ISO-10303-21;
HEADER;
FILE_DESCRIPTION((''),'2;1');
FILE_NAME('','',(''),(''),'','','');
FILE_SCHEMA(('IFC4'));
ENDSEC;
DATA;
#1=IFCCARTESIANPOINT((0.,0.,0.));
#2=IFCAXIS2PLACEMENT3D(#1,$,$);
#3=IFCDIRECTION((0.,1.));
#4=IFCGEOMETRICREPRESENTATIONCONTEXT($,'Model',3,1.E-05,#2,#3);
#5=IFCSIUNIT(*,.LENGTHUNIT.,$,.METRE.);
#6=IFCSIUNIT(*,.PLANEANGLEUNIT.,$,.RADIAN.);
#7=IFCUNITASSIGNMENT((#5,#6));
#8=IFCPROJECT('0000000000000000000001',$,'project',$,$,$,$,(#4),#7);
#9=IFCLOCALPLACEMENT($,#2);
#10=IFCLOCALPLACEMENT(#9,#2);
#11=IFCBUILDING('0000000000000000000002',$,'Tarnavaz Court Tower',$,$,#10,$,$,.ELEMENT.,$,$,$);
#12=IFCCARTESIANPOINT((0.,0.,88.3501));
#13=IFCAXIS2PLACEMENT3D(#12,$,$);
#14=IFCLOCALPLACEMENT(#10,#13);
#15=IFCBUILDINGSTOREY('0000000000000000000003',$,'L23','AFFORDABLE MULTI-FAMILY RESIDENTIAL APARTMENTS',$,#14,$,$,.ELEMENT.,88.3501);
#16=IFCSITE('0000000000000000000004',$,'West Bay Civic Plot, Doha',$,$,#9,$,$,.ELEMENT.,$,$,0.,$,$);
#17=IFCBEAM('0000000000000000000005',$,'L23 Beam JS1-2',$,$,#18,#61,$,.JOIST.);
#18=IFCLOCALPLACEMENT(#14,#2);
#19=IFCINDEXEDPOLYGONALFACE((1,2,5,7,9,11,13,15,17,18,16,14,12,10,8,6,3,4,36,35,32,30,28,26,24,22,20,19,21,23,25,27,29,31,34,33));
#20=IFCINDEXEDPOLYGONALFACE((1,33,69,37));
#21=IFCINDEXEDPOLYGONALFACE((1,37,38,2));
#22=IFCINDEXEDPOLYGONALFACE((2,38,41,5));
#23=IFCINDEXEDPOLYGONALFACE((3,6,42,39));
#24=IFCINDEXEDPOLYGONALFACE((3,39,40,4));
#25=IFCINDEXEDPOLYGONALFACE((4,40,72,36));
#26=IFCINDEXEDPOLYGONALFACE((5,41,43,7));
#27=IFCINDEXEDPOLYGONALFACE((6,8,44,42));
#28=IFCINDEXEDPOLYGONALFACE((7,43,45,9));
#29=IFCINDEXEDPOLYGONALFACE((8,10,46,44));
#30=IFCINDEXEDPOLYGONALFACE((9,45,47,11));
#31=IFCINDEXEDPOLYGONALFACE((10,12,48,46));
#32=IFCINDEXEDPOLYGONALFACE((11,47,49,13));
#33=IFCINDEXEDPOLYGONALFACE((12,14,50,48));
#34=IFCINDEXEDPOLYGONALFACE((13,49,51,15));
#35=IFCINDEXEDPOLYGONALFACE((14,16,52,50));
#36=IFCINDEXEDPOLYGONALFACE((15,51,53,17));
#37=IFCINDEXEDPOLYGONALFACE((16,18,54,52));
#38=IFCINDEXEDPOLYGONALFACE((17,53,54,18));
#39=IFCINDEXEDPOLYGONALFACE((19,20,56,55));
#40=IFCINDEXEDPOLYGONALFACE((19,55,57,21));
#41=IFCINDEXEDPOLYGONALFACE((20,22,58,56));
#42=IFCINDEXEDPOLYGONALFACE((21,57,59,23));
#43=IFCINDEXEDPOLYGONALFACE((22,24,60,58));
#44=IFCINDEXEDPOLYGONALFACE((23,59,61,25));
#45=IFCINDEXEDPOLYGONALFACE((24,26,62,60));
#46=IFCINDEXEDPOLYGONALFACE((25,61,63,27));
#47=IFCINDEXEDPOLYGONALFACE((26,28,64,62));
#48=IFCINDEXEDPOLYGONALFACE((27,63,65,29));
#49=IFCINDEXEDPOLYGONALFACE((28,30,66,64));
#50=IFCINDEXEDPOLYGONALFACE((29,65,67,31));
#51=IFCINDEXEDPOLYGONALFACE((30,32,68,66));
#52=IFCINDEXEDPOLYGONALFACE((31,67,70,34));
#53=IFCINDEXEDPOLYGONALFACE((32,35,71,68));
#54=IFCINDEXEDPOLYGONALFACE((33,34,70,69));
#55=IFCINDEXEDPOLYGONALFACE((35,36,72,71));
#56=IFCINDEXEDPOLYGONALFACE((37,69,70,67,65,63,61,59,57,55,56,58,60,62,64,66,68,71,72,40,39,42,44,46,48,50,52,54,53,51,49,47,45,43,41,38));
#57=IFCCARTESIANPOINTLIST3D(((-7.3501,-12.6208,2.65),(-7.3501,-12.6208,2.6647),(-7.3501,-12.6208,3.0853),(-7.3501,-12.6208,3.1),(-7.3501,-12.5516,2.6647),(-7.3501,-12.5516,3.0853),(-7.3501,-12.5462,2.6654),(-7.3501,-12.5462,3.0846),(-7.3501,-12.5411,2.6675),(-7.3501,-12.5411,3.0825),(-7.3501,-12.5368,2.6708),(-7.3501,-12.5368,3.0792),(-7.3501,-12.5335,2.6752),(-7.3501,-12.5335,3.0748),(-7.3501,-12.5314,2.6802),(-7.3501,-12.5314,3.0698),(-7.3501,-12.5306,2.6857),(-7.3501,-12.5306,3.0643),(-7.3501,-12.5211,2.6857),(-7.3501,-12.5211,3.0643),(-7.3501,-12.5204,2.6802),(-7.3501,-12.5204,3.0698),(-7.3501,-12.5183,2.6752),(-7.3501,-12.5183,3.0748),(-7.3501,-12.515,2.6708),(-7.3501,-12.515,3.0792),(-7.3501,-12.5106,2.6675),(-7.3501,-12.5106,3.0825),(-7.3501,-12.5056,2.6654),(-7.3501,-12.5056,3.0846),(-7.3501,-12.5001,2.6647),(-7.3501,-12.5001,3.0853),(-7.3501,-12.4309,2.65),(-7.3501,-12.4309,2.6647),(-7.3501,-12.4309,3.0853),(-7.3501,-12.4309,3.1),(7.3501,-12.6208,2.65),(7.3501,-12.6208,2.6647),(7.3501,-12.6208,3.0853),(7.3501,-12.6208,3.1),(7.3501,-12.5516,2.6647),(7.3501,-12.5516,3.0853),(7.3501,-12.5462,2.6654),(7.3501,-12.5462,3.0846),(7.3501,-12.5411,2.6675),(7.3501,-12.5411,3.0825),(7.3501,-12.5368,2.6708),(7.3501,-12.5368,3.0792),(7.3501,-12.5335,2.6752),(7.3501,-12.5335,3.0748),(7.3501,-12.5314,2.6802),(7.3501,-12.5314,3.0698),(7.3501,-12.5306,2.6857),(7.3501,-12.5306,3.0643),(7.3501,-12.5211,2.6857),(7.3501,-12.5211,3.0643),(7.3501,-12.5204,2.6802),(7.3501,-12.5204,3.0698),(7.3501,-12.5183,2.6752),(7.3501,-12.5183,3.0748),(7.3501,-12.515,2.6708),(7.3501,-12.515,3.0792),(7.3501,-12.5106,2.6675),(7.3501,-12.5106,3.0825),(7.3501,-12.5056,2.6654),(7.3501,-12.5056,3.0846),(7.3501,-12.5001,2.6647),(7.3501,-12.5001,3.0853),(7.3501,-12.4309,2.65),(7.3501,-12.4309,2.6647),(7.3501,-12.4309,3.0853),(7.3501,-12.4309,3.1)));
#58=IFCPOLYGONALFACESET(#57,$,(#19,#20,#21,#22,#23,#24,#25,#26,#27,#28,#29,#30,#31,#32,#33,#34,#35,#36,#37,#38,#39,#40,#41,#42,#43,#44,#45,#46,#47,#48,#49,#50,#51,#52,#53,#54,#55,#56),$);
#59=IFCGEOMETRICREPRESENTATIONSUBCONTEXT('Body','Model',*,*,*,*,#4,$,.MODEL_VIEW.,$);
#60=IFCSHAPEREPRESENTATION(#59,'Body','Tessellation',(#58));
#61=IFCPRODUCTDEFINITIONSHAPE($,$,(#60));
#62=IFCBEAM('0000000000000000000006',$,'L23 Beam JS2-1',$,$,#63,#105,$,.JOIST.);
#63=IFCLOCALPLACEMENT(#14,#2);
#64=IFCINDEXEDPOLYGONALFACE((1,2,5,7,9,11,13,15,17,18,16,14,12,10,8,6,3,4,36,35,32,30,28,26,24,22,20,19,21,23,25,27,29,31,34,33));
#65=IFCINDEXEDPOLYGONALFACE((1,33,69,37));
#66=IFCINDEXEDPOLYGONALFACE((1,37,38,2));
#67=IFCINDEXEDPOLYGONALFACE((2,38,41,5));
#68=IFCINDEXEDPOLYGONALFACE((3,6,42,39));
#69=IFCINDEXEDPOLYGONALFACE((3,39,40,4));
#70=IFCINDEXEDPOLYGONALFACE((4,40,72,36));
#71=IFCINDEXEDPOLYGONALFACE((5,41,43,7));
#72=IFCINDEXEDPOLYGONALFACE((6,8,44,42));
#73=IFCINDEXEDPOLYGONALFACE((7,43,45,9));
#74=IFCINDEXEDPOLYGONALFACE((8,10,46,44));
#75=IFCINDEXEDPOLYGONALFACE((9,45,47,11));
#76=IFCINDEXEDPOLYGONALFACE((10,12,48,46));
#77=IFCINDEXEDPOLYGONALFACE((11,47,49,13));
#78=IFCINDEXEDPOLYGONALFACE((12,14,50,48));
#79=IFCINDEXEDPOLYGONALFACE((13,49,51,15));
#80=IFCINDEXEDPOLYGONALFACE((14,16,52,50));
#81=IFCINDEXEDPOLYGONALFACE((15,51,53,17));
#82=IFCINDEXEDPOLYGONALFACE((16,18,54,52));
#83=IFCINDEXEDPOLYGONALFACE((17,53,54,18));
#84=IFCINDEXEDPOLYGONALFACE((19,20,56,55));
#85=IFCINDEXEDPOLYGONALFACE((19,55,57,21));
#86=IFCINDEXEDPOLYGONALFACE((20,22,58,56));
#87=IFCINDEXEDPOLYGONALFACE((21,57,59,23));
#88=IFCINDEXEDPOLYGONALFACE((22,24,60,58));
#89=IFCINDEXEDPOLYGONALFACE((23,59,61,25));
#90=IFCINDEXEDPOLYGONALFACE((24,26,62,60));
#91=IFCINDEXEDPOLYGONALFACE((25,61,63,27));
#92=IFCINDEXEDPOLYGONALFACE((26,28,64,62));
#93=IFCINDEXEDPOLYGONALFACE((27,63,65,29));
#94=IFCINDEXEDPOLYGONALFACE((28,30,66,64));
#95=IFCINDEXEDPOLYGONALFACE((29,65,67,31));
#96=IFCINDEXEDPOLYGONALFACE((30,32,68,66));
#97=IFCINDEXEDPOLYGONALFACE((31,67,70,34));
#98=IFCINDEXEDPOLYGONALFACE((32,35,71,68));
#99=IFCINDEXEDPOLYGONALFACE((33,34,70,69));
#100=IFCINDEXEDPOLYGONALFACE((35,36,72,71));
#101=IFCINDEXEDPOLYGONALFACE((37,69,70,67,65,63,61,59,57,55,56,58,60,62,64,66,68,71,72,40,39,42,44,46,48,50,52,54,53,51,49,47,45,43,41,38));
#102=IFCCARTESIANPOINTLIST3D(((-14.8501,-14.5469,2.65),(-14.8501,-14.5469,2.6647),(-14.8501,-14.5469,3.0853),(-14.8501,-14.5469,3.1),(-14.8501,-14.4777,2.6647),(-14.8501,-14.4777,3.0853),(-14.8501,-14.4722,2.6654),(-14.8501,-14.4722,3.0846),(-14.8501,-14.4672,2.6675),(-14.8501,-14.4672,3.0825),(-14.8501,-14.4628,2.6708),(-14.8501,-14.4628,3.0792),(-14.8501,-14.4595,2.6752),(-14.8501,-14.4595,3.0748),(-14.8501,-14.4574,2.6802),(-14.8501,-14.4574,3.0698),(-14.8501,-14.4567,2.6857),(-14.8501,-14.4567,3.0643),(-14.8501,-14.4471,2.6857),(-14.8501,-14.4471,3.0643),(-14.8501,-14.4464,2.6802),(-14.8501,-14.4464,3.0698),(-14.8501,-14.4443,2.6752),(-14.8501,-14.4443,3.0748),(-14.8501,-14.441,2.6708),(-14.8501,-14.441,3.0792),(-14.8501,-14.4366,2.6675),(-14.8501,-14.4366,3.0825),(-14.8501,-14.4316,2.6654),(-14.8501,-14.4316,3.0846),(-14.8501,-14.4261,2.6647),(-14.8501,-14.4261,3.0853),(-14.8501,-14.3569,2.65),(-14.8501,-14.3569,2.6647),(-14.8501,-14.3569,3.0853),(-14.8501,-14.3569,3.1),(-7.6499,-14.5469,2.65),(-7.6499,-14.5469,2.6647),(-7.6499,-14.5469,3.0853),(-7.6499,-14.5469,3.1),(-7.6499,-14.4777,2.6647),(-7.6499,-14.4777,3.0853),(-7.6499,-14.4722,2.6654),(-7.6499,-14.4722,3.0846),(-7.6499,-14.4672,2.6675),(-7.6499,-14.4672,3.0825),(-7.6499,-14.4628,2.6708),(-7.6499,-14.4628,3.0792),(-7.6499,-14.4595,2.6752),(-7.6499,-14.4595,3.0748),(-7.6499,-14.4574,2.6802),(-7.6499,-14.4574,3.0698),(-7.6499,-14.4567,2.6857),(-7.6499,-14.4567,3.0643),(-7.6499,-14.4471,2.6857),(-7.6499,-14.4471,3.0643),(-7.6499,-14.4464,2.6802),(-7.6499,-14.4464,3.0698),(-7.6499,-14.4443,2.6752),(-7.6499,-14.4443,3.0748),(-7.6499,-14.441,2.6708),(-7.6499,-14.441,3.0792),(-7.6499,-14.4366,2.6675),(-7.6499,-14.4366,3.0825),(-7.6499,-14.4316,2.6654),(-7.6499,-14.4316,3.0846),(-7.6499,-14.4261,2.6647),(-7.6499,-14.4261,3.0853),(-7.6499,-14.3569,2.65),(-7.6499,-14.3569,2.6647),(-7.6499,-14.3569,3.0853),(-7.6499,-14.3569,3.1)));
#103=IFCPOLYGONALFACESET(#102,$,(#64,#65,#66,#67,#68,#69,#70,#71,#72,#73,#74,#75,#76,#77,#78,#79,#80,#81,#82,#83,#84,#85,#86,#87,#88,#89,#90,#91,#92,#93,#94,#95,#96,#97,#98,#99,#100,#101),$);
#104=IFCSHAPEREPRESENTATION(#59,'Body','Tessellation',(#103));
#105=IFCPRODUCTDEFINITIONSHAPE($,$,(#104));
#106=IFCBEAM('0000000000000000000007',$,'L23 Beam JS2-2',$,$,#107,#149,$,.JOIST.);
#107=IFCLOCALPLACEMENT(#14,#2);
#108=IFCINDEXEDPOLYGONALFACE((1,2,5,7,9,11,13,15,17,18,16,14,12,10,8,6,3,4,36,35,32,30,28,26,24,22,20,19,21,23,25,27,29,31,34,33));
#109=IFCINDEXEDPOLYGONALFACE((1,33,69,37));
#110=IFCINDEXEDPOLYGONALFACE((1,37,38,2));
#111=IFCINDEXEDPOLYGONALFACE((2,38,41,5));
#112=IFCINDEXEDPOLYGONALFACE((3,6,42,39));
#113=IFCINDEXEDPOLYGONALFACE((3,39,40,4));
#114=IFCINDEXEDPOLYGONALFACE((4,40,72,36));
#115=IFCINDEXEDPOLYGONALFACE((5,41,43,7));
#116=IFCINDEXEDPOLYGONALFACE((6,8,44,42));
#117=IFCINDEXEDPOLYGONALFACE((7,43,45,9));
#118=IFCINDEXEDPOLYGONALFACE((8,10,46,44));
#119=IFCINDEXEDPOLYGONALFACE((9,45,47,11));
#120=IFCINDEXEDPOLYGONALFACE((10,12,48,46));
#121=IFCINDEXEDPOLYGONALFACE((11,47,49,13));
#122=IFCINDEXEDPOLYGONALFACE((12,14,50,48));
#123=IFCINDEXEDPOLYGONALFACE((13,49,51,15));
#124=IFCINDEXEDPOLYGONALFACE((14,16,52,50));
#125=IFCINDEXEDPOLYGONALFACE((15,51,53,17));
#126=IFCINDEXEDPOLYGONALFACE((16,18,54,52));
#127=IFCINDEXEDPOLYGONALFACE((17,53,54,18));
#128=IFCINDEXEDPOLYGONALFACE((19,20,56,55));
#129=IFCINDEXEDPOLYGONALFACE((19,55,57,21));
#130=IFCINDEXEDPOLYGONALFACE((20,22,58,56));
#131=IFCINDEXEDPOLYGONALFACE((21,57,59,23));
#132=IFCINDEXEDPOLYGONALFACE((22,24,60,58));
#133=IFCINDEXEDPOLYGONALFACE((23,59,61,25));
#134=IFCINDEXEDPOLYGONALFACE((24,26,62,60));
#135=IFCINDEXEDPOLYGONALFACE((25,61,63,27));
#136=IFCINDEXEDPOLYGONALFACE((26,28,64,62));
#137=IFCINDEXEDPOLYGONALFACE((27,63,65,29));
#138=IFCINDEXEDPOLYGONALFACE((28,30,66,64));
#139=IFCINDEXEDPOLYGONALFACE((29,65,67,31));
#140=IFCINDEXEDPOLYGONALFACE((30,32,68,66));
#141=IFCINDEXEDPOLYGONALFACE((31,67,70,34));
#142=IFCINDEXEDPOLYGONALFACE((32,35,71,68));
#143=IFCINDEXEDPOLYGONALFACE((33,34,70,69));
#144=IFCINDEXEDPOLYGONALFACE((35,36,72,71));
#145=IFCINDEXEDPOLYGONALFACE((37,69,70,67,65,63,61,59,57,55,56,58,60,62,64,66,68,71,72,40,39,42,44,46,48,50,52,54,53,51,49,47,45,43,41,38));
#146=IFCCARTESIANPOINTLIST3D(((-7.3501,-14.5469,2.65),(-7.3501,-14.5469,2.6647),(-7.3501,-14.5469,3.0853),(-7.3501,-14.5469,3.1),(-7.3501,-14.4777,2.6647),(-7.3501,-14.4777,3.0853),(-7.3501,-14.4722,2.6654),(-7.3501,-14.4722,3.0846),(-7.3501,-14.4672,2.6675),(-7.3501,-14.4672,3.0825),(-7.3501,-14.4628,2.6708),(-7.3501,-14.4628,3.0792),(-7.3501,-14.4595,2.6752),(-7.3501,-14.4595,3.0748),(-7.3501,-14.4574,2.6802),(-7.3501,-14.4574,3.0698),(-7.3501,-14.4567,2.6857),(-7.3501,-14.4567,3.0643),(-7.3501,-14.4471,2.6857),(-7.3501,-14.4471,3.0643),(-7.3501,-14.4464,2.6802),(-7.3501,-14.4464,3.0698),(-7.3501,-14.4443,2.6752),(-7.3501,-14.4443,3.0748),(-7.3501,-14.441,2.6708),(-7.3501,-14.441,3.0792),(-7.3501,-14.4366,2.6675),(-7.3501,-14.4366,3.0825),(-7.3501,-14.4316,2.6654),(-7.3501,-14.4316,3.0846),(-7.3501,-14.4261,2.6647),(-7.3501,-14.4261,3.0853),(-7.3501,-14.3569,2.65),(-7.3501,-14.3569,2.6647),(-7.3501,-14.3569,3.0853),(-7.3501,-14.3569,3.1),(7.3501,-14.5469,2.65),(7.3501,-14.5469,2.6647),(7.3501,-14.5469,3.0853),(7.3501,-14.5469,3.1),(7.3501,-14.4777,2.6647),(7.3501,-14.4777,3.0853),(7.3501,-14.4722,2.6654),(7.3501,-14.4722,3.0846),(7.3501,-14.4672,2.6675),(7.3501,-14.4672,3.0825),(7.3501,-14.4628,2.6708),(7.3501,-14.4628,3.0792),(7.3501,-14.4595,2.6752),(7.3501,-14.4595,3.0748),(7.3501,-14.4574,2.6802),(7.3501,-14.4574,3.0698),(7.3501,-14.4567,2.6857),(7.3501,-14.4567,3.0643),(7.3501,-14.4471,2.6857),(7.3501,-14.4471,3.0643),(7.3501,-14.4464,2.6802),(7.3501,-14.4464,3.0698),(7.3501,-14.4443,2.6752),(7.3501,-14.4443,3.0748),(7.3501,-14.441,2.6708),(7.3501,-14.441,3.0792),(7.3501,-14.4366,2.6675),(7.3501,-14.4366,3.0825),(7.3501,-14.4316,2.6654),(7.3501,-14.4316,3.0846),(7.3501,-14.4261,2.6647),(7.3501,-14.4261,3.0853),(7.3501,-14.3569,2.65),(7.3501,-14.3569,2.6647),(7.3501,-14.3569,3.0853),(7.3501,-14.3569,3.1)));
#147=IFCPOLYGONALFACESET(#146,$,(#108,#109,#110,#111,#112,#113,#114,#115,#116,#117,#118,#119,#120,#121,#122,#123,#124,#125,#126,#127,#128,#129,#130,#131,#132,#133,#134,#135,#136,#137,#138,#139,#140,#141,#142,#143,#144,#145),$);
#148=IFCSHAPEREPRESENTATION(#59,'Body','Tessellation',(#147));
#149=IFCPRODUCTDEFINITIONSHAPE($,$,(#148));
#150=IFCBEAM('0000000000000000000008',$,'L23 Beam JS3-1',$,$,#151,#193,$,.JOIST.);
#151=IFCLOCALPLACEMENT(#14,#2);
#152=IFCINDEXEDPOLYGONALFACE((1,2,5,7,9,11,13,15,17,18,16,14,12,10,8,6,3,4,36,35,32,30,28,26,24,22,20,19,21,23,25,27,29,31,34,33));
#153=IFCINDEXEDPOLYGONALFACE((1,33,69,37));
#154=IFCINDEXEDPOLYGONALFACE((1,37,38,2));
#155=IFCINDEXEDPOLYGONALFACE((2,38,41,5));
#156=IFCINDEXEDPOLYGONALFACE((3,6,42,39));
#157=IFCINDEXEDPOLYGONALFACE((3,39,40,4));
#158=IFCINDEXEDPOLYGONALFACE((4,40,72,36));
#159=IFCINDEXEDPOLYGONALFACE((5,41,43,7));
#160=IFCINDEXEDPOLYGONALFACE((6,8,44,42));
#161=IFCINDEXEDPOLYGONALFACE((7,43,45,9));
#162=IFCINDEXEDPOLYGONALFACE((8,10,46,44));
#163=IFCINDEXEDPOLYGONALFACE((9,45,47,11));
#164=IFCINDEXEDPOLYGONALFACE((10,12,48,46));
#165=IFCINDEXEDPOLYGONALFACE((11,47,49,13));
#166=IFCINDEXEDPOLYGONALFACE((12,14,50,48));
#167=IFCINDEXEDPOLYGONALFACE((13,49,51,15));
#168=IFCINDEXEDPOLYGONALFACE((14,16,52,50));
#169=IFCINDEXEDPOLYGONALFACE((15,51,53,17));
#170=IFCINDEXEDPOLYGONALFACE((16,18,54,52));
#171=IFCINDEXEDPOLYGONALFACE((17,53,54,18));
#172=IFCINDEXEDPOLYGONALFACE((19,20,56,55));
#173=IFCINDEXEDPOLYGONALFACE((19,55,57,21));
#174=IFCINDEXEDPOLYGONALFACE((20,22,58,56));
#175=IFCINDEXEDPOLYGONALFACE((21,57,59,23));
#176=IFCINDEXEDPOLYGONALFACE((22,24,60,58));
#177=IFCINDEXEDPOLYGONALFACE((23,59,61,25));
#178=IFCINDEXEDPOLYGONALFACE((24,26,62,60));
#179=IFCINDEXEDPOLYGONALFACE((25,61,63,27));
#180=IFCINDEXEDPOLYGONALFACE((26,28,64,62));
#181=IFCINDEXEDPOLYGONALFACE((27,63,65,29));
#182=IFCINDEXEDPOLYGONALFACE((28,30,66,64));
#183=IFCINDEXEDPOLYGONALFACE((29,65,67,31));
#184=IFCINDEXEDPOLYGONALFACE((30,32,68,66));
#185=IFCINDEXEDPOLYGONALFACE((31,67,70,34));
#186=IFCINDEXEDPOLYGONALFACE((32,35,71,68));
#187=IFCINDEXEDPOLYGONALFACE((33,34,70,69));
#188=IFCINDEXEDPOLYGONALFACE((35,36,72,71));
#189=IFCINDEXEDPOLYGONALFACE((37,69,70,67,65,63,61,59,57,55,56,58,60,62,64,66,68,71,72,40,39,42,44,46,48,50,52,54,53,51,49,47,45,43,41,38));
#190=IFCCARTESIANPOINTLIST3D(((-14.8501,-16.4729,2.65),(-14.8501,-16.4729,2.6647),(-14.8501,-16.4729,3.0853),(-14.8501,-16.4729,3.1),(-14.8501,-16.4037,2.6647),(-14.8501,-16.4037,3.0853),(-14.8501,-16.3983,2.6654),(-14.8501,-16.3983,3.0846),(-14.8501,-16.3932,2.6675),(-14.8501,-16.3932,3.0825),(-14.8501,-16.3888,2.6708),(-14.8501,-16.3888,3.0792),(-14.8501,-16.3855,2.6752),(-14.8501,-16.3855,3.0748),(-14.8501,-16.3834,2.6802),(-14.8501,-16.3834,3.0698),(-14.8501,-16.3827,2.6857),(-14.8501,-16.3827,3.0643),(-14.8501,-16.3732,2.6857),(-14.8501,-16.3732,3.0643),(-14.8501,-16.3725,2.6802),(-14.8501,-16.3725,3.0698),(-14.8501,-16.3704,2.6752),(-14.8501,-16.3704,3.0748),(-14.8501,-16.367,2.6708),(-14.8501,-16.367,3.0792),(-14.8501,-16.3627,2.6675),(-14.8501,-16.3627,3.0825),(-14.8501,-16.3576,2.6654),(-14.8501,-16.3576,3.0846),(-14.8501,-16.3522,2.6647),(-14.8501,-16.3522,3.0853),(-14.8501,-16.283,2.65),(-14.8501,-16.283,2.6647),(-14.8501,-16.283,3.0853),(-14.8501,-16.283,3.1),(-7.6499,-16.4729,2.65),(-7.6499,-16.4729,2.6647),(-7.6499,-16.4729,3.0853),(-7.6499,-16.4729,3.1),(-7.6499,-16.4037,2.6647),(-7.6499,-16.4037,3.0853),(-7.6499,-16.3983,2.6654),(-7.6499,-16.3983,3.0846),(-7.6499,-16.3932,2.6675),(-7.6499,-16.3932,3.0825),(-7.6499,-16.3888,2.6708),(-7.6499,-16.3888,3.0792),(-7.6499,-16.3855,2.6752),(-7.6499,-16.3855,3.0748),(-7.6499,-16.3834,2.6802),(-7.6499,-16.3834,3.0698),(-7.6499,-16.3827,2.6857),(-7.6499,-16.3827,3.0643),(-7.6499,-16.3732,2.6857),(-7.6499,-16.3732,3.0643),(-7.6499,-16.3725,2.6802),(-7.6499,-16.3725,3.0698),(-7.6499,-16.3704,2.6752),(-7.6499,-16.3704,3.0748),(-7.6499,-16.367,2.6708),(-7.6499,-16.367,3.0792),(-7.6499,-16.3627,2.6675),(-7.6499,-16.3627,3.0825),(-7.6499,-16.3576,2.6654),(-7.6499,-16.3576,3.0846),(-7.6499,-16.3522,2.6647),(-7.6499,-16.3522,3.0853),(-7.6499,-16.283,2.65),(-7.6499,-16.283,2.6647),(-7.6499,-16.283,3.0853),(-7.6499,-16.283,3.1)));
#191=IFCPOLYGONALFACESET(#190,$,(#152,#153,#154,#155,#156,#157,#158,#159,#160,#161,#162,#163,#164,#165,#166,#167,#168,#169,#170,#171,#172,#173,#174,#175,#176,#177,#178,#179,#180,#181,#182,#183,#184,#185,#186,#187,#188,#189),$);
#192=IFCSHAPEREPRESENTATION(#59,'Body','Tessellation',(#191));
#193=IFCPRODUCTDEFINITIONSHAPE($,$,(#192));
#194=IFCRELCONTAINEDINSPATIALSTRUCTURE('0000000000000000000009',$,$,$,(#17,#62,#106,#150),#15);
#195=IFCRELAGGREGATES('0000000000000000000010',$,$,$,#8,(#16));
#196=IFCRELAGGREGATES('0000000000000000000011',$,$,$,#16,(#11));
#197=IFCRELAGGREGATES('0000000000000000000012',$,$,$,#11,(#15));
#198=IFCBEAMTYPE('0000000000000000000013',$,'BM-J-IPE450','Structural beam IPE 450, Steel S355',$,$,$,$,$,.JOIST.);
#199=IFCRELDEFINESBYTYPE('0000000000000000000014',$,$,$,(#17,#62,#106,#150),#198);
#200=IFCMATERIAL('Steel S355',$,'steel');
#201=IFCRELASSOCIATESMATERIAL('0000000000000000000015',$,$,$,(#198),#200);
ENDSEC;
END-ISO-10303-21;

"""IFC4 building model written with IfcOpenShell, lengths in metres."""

from ifc_helpers import new_model, si_unit, direction, frame, origin, origin_2d, place, context, subcontext, project, spatial, i_section, extrude, material, material_profile, profile_set, type_object, element, save


model = new_model("IFC4")

# Units and contexts
model_context = context("Model", 3, precision=1e-05, world=origin(), true_north=direction((0.0, 1.0)))
body_context = subcontext(model_context, "Body", "Model", "MODEL_VIEW")
ifc_project = project(units=[si_unit("LENGTHUNIT", "METRE"), si_unit("PLANEANGLEUNIT", "RADIAN")], contexts=[model_context])

# Site, building, storey
site_placement = place(None, origin())
site = spatial("IfcSite", under=ifc_project, at=site_placement, Name="West Bay Civic Plot, Doha", CompositionType="ELEMENT", RefElevation=0.0)
building_placement = place(site_placement, origin())
building = spatial("IfcBuilding", under=site, at=building_placement, Name="Tarnavaz Court Tower", CompositionType="ELEMENT")
storey_placement = place(building_placement, frame((0.0, 0.0, 88.3501)))
storey = spatial("IfcBuildingStorey", under=building, at=storey_placement, Name="L23", Description="AFFORDABLE MULTI-FAMILY RESIDENTIAL APARTMENTS", CompositionType="ELEMENT", Elevation=88.3501)

# Beams
ifc_material_1 = material(Name="Steel S355", Category="steel")
ifc_material_profile_1 = material_profile(ifc_material_1, i_section(OverallWidth=0.1899, OverallDepth=0.45, WebThickness=0.0095, FlangeThickness=0.0146, FilletRadius=0.021, at=origin_2d()), Name="IPE 450")
ifc_profile_set_1 = profile_set([ifc_material_profile_1], Name="Steel S355")
beam_type_1 = type_object("IfcBeamType", Name="BM-J-IPE450", Description="Structural beam IPE 450, Steel S355", PredefinedType="JOIST", material=ifc_profile_set_1)
beam_1_placement = place(storey_placement, frame((-7.3501, -12.5259, 2.875), z_axis=(1.0, 0.0, 0.0), x_axis=(0.0, 1.0, 0.0)))
element("IfcBeam", 1, at=beam_1_placement, inside=storey, type_object=beam_type_1, Name="L23 Beam JS1-2", PredefinedType="JOIST", context=body_context, shape_type="SweptSolid", body=[
    extrude(i_section(OverallWidth=0.1899, OverallDepth=0.45, WebThickness=0.0095, FlangeThickness=0.0146, FilletRadius=0.021, at=origin_2d()), origin(), (0.0, 0.0, 1.0), 14.7002),
])
beam_2_placement = place(storey_placement, frame((-14.8501, -14.4519, 2.875), z_axis=(1.0, 0.0, 0.0), x_axis=(0.0, 1.0, 0.0)))
element("IfcBeam", 2, at=beam_2_placement, inside=storey, type_object=beam_type_1, Name="L23 Beam JS2-1", PredefinedType="JOIST", context=body_context, shape_type="SweptSolid", body=[
    extrude(i_section(OverallWidth=0.1899, OverallDepth=0.45, WebThickness=0.0095, FlangeThickness=0.0146, FilletRadius=0.021, at=origin_2d()), origin(), (0.0, 0.0, 1.0), 7.2002),
])
beam_3_placement = place(storey_placement, frame((-7.3501, -14.4519, 2.875), z_axis=(1.0, 0.0, 0.0), x_axis=(0.0, 1.0, 0.0)))
element("IfcBeam", 3, at=beam_3_placement, inside=storey, type_object=beam_type_1, Name="L23 Beam JS2-2", PredefinedType="JOIST", context=body_context, shape_type="SweptSolid", body=[
    extrude(i_section(OverallWidth=0.1899, OverallDepth=0.45, WebThickness=0.0095, FlangeThickness=0.0146, FilletRadius=0.021, at=origin_2d()), origin(), (0.0, 0.0, 1.0), 14.7002),
])
beam_4_placement = place(storey_placement, frame((-14.8501, -16.3779, 2.875), z_axis=(1.0, 0.0, 0.0), x_axis=(0.0, 1.0, 0.0)))
element("IfcBeam", 4, at=beam_4_placement, inside=storey, type_object=beam_type_1, Name="L23 Beam JS3-1", PredefinedType="JOIST", context=body_context, shape_type="SweptSolid", body=[
    extrude(i_section(OverallWidth=0.1899, OverallDepth=0.45, WebThickness=0.0095, FlangeThickness=0.0146, FilletRadius=0.021, at=origin_2d()), origin(), (0.0, 0.0, 1.0), 7.2002),
])

save(model, "model.ifc")
